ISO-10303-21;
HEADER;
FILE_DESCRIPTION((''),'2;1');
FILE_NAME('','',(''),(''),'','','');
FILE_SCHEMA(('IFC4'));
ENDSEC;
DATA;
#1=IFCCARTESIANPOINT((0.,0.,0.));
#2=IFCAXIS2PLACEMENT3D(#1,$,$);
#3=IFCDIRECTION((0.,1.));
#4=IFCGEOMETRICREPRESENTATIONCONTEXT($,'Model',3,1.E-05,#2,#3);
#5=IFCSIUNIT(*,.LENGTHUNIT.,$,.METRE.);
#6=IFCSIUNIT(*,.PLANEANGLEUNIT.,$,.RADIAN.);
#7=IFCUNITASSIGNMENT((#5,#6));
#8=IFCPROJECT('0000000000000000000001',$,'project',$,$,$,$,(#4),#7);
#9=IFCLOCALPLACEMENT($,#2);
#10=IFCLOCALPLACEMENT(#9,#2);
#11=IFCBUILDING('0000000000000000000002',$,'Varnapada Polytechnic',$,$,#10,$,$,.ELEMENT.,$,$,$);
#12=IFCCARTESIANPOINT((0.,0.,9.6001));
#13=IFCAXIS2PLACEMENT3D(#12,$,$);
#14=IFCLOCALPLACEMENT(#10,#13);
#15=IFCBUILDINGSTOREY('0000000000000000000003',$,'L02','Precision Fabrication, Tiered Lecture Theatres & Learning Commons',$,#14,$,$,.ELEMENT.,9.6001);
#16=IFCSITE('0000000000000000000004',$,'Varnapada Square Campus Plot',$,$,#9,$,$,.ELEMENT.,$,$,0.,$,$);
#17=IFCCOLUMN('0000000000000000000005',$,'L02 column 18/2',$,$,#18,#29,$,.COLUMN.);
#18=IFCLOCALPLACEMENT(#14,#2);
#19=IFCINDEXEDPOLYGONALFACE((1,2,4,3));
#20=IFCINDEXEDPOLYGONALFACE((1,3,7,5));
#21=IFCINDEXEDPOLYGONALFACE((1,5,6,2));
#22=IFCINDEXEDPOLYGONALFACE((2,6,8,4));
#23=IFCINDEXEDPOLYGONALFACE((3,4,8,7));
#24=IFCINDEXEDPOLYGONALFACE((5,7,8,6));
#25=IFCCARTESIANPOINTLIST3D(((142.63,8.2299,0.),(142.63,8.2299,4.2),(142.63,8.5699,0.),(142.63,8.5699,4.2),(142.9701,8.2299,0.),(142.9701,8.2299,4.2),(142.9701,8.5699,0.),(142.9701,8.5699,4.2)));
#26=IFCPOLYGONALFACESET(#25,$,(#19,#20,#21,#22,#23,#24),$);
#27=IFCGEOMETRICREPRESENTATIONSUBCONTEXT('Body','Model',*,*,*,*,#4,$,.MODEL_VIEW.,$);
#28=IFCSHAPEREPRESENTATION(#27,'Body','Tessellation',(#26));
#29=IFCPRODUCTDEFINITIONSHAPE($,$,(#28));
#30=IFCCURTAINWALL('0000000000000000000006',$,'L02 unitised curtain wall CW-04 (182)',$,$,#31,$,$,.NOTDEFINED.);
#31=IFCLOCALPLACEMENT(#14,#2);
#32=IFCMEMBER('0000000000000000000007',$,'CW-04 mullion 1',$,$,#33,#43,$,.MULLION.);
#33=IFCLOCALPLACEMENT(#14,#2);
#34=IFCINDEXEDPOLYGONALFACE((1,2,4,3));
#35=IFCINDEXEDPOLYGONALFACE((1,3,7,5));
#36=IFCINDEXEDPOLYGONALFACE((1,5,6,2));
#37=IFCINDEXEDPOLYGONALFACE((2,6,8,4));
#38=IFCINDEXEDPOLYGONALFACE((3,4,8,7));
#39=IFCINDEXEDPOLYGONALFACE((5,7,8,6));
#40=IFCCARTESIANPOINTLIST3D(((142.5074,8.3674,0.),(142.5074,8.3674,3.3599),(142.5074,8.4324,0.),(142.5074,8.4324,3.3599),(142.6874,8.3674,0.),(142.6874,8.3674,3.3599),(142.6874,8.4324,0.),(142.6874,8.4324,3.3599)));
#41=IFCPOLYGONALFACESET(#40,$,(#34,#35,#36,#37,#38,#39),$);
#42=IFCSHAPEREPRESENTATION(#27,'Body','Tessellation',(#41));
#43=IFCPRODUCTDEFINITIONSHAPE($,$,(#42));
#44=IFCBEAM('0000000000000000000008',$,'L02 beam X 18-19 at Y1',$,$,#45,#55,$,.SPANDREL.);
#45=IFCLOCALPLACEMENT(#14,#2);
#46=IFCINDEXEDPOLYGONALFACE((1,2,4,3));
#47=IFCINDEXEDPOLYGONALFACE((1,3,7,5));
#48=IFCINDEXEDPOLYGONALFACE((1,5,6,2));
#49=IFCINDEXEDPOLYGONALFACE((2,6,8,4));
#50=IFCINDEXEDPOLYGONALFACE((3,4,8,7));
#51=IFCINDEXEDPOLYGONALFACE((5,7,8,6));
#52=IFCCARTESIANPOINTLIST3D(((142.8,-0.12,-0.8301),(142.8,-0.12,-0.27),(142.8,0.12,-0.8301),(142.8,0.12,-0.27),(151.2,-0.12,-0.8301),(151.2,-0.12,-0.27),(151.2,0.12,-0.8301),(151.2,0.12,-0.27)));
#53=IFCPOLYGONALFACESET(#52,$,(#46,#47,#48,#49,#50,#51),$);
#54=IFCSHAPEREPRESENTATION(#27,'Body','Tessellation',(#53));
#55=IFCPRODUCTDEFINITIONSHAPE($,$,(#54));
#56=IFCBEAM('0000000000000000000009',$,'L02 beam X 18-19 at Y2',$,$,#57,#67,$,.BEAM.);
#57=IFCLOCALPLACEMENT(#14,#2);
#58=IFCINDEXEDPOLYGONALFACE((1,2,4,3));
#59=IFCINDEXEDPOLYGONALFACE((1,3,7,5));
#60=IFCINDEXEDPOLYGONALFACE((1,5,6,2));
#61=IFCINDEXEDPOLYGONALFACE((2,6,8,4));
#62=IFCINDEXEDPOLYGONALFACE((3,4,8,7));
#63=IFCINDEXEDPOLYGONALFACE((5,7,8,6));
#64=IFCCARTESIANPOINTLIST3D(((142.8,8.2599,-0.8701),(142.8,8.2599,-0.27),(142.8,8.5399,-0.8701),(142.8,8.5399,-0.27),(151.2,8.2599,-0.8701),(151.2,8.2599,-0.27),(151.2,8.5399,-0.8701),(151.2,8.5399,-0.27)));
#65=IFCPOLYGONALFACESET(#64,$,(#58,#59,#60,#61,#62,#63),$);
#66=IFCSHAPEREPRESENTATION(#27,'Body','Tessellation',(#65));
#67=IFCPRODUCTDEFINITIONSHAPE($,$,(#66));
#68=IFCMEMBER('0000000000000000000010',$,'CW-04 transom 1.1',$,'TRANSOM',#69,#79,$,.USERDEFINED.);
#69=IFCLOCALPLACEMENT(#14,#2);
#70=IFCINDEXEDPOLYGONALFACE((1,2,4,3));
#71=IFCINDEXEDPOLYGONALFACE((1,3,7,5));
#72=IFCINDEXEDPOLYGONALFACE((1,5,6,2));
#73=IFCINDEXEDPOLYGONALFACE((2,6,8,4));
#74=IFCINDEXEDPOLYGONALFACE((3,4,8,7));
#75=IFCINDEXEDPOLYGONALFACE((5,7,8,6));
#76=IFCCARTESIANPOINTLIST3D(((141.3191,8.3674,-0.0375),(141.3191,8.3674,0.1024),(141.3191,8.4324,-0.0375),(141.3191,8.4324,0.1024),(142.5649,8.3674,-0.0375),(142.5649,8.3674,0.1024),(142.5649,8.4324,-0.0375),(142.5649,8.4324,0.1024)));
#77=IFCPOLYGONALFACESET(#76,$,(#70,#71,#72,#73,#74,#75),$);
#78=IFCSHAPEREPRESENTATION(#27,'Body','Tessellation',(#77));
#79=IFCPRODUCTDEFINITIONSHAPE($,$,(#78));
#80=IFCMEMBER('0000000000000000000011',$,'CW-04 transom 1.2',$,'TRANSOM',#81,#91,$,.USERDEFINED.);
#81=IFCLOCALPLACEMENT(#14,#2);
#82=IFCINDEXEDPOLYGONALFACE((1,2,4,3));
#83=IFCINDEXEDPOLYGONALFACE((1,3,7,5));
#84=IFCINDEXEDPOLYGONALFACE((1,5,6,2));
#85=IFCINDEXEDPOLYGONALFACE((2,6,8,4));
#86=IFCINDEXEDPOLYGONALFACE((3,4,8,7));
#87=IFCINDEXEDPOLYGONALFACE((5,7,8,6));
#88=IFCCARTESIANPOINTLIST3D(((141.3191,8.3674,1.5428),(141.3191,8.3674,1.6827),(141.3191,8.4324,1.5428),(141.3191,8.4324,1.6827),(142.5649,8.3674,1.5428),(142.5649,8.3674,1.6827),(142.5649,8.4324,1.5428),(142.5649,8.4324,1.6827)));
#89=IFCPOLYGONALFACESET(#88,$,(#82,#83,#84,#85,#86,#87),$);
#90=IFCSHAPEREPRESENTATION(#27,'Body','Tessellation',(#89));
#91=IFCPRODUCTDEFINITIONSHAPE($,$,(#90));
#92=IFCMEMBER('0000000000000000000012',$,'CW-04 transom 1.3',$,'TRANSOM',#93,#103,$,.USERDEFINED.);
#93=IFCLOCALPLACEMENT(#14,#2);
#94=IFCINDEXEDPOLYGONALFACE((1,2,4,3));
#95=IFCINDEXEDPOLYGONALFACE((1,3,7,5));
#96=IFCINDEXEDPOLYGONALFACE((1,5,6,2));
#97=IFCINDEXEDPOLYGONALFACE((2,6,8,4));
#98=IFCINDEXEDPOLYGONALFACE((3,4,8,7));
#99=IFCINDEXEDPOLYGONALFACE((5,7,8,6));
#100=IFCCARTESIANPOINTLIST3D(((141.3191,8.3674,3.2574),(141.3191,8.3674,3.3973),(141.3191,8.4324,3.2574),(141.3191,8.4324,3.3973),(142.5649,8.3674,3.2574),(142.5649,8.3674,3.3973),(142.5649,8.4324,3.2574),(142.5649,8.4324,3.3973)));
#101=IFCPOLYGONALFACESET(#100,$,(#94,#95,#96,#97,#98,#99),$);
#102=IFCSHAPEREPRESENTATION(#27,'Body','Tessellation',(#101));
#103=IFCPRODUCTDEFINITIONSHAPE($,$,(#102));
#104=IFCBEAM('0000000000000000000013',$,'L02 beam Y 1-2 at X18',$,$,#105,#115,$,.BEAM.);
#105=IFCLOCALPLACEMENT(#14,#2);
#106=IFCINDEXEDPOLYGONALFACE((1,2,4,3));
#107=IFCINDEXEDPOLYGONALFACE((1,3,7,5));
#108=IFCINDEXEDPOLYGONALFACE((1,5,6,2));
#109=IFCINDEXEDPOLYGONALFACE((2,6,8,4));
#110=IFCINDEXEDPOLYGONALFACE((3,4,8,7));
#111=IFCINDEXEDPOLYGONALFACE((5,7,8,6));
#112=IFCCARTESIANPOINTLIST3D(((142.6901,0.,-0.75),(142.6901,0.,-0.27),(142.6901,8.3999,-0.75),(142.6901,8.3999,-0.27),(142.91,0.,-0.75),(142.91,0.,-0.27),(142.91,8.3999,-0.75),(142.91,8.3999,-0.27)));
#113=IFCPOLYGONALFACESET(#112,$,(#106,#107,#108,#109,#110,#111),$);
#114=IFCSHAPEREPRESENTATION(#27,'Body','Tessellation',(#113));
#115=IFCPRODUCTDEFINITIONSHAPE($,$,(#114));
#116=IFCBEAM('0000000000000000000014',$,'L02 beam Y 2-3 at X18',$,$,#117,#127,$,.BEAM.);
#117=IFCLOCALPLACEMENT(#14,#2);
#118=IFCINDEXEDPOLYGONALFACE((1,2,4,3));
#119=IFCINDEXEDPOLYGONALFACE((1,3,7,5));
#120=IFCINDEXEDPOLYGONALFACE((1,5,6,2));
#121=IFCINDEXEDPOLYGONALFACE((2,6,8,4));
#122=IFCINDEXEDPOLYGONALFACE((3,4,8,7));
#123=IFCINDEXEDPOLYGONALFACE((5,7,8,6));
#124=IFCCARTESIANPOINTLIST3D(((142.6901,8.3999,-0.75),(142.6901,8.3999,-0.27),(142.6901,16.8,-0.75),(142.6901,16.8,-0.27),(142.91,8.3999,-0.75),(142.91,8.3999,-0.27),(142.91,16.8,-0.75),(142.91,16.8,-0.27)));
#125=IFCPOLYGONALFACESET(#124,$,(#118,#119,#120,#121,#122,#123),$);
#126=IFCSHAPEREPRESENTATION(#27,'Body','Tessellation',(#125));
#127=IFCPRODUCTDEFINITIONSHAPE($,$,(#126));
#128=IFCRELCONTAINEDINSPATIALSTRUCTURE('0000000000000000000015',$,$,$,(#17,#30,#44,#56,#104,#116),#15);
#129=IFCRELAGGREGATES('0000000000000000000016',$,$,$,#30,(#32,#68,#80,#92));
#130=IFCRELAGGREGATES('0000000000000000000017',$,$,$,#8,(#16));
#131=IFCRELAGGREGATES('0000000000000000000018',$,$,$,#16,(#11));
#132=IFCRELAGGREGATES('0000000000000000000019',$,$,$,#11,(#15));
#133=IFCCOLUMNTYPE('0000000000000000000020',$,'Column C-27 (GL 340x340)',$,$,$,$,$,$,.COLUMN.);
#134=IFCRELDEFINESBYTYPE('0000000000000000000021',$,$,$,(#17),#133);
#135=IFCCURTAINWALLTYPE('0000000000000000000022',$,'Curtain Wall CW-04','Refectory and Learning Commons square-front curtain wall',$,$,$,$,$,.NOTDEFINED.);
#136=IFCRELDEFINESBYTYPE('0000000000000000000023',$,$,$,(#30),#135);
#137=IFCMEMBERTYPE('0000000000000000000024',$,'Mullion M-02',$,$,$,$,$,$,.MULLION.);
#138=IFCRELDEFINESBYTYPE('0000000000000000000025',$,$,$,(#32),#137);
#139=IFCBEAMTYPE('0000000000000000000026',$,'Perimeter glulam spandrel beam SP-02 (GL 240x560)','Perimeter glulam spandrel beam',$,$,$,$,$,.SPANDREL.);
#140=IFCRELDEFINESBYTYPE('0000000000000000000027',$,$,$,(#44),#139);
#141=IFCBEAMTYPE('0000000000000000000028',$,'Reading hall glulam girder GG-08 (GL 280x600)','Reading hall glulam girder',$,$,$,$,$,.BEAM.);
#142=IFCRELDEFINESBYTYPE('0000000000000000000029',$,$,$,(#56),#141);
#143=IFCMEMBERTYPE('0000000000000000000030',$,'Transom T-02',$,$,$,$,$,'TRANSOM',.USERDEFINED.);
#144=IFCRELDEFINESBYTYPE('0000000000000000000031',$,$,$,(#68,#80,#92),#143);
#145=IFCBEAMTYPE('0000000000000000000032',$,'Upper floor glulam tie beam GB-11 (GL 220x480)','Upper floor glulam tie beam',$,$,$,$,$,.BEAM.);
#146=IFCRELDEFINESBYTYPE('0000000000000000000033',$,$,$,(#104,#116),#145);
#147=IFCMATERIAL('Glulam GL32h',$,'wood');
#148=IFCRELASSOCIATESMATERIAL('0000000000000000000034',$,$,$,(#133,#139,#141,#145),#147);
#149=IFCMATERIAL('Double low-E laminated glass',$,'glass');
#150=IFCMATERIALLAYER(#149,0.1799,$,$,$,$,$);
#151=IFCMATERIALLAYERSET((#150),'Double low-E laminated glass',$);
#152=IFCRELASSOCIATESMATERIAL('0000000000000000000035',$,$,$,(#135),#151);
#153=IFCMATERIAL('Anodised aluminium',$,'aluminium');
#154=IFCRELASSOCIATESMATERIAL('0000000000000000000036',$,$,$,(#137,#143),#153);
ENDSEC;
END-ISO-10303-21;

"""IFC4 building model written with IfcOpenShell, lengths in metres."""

from ifc_helpers import new_model, si_unit, direction, frame, origin, origin_2d, place, context, subcontext, project, spatial, rectangle, extrude, material, layer, layer_set, material_profile, profile_set, type_object, element, aggregate, save


model = new_model("IFC4")

# Units and contexts
model_context = context("Model", 3, precision=1e-05, world=origin(), true_north=direction((0.0, 1.0)))
body_context = subcontext(model_context, "Body", "Model", "MODEL_VIEW")
ifc_project = project(units=[si_unit("LENGTHUNIT", "METRE"), si_unit("PLANEANGLEUNIT", "RADIAN")], contexts=[model_context])

# Site, building, storey
site_placement = place(None, origin())
site = spatial("IfcSite", under=ifc_project, at=site_placement, Name="Varnapada Square Campus Plot", CompositionType="ELEMENT", RefElevation=0.0)
building_placement = place(site_placement, origin())
building = spatial("IfcBuilding", under=site, at=building_placement, Name="Varnapada Polytechnic", CompositionType="ELEMENT")
storey_placement = place(building_placement, frame((0.0, 0.0, 9.6001)))
storey = spatial("IfcBuildingStorey", under=building, at=storey_placement, Name="L02", Description="Precision Fabrication, Tiered Lecture Theatres & Learning Commons", CompositionType="ELEMENT", Elevation=9.6001)

# Column
ifc_material_1 = material(Name="Glulam GL32h", Category="wood")
ifc_material_profile_1 = material_profile(ifc_material_1, rectangle(XDim=0.3401, YDim=0.3401, at=origin_2d()), Name="GL 340x340")
ifc_profile_set_1 = profile_set([ifc_material_profile_1], Name="Glulam GL32h")
column_type = type_object("IfcColumnType", Name="Column C-27 (GL 340x340)", PredefinedType="COLUMN", material=ifc_profile_set_1)
column_placement = place(storey_placement, frame((142.8, 8.3999, 0.0), z_axis=(0.0, 0.0, 1.0), x_axis=(1.0, 0.0, 0.0)))
element("IfcColumn", 1, at=column_placement, inside=storey, type_object=column_type, Name="L02 column 18/2", PredefinedType="COLUMN", context=body_context, shape_type="SweptSolid", body=[
    extrude(rectangle(XDim=0.3401, YDim=0.3401, at=origin_2d()), origin(), (0.0, 0.0, 1.0), 4.2),
])

# Curtain wall, member
ifc_material_2 = material(Name="Double low-E laminated glass", Category="glass")
ifc_layer_1 = layer(ifc_material_2, 0.1799)
ifc_layer_set_1 = layer_set([ifc_layer_1], Name="Double low-E laminated glass")
curtain_wall_type = type_object("IfcCurtainWallType", Name="Curtain Wall CW-04", Description="Refectory and Learning Commons square-front curtain wall", PredefinedType="NOTDEFINED", material=ifc_layer_set_1)
curtain_wall_placement = place(storey_placement, origin())
curtain_wall = element("IfcCurtainWall", 2, at=curtain_wall_placement, inside=storey, type_object=curtain_wall_type, Name="L02 unitised curtain wall CW-04 (182)", PredefinedType="NOTDEFINED")
ifc_material_3 = material(Name="Anodised aluminium", Category="aluminium")
ifc_material_profile_2 = material_profile(ifc_material_3, rectangle(XDim=0.0649, YDim=0.1799, at=origin_2d()), Name="ALU M65x180")
ifc_profile_set_2 = profile_set([ifc_material_profile_2], Name="Anodised aluminium")
member_type_1 = type_object("IfcMemberType", Name="Mullion M-02", PredefinedType="MULLION", material=ifc_profile_set_2)
member_1_placement = place(storey_placement, frame((142.5974, 8.3999, 0.0), z_axis=(0.0, 0.0, 1.0), x_axis=(0.0, -1.0, 0.0)))
member_1 = element("IfcMember", 3, at=member_1_placement, type_object=member_type_1, Name="CW-04 mullion 1", PredefinedType="MULLION", context=body_context, shape_type="SweptSolid", body=[
    extrude(rectangle(XDim=0.0649, YDim=0.1799, at=origin_2d()), origin(), (0.0, 0.0, 1.0), 3.3599),
])

# Beams
ifc_material_profile_3 = material_profile(ifc_material_1, rectangle(XDim=0.24, YDim=0.5601, at=origin_2d()), Name="GL 240x560")
ifc_profile_set_3 = profile_set([ifc_material_profile_3], Name="Glulam GL32h")
beam_type_1 = type_object("IfcBeamType", Name="Perimeter glulam spandrel beam SP-02 (GL 240x560)", Description="Perimeter glulam spandrel beam", PredefinedType="SPANDREL", material=ifc_profile_set_3)
beam_1_placement = place(storey_placement, frame((142.8, 0.0, -0.55), z_axis=(1.0, 0.0, 0.0), x_axis=(0.0, 1.0, 0.0)))
element("IfcBeam", 4, at=beam_1_placement, inside=storey, type_object=beam_type_1, Name="L02 beam X 18-19 at Y1", PredefinedType="SPANDREL", context=body_context, shape_type="SweptSolid", body=[
    extrude(rectangle(XDim=0.24, YDim=0.5601, at=origin_2d()), origin(), (0.0, 0.0, 1.0), 8.3999),
])
ifc_material_profile_4 = material_profile(ifc_material_1, rectangle(XDim=0.28, YDim=0.6001, at=origin_2d()), Name="GL 280x600")
ifc_profile_set_4 = profile_set([ifc_material_profile_4], Name="Glulam GL32h")
beam_type_2 = type_object("IfcBeamType", Name="Reading hall glulam girder GG-08 (GL 280x600)", Description="Reading hall glulam girder", PredefinedType="BEAM", material=ifc_profile_set_4)
beam_2_placement = place(storey_placement, frame((142.8, 8.3999, -0.5701), z_axis=(1.0, 0.0, 0.0), x_axis=(0.0, 1.0, 0.0)))
element("IfcBeam", 5, at=beam_2_placement, inside=storey, type_object=beam_type_2, Name="L02 beam X 18-19 at Y2", PredefinedType="BEAM", context=body_context, shape_type="SweptSolid", body=[
    extrude(rectangle(XDim=0.28, YDim=0.6001, at=origin_2d()), origin(), (0.0, 0.0, 1.0), 8.3999),
])

# Members
ifc_material_profile_5 = material_profile(ifc_material_3, rectangle(XDim=0.0649, YDim=0.1399, at=origin_2d()), Name="ALU T65x140")
ifc_profile_set_5 = profile_set([ifc_material_profile_5], Name="Anodised aluminium")
member_type_2 = type_object("IfcMemberType", Name="Transom T-02", ElementType="TRANSOM", PredefinedType="USERDEFINED", material=ifc_profile_set_5)
member_2_placement = place(storey_placement, frame((142.5649, 8.3999, 0.0325), z_axis=(-1.0, 0.0, 0.0), x_axis=(0.0, -1.0, 0.0)))
member_2 = element("IfcMember", 6, at=member_2_placement, type_object=member_type_2, Name="CW-04 transom 1.1", ObjectType="TRANSOM", PredefinedType="USERDEFINED", context=body_context, shape_type="SweptSolid", body=[
    extrude(rectangle(XDim=0.0649, YDim=0.1399, at=origin_2d()), origin(), (0.0, 0.0, 1.0), 1.2458),
])
member_3_placement = place(storey_placement, frame((142.5649, 8.3999, 1.6128), z_axis=(-1.0, 0.0, 0.0), x_axis=(0.0, -1.0, 0.0)))
member_3 = element("IfcMember", 7, at=member_3_placement, type_object=member_type_2, Name="CW-04 transom 1.2", ObjectType="TRANSOM", PredefinedType="USERDEFINED", context=body_context, shape_type="SweptSolid", body=[
    extrude(rectangle(XDim=0.0649, YDim=0.1399, at=origin_2d()), origin(), (0.0, 0.0, 1.0), 1.2458),
])
member_4_placement = place(storey_placement, frame((142.5649, 8.3999, 3.3274), z_axis=(-1.0, 0.0, 0.0), x_axis=(0.0, -1.0, 0.0)))
member_4 = element("IfcMember", 8, at=member_4_placement, type_object=member_type_2, Name="CW-04 transom 1.3", ObjectType="TRANSOM", PredefinedType="USERDEFINED", context=body_context, shape_type="SweptSolid", body=[
    extrude(rectangle(XDim=0.0649, YDim=0.1399, at=origin_2d()), origin(), (0.0, 0.0, 1.0), 1.2458),
])
aggregate(curtain_wall, [member_1, member_2, member_3, member_4])

# Beams
ifc_material_profile_6 = material_profile(ifc_material_1, rectangle(XDim=0.22, YDim=0.48, at=origin_2d()), Name="GL 220x480")
ifc_profile_set_6 = profile_set([ifc_material_profile_6], Name="Glulam GL32h")
beam_type_3 = type_object("IfcBeamType", Name="Upper floor glulam tie beam GB-11 (GL 220x480)", Description="Upper floor glulam tie beam", PredefinedType="BEAM", material=ifc_profile_set_6)
beam_3_placement = place(storey_placement, frame((142.8, 0.0, -0.51), z_axis=(0.0, 1.0, 0.0), x_axis=(-1.0, 0.0, 0.0)))
element("IfcBeam", 9, at=beam_3_placement, inside=storey, type_object=beam_type_3, Name="L02 beam Y 1-2 at X18", PredefinedType="BEAM", context=body_context, shape_type="SweptSolid", body=[
    extrude(rectangle(XDim=0.22, YDim=0.48, at=origin_2d()), origin(), (0.0, 0.0, 1.0), 8.3999),
])
beam_4_placement = place(storey_placement, frame((142.8, 8.3999, -0.51), z_axis=(0.0, 1.0, 0.0), x_axis=(-1.0, 0.0, 0.0)))
element("IfcBeam", 10, at=beam_4_placement, inside=storey, type_object=beam_type_3, Name="L02 beam Y 2-3 at X18", PredefinedType="BEAM", context=body_context, shape_type="SweptSolid", body=[
    extrude(rectangle(XDim=0.22, YDim=0.48, at=origin_2d()), origin(), (0.0, 0.0, 1.0), 8.4001),
])

save(model, "model.ifc")
